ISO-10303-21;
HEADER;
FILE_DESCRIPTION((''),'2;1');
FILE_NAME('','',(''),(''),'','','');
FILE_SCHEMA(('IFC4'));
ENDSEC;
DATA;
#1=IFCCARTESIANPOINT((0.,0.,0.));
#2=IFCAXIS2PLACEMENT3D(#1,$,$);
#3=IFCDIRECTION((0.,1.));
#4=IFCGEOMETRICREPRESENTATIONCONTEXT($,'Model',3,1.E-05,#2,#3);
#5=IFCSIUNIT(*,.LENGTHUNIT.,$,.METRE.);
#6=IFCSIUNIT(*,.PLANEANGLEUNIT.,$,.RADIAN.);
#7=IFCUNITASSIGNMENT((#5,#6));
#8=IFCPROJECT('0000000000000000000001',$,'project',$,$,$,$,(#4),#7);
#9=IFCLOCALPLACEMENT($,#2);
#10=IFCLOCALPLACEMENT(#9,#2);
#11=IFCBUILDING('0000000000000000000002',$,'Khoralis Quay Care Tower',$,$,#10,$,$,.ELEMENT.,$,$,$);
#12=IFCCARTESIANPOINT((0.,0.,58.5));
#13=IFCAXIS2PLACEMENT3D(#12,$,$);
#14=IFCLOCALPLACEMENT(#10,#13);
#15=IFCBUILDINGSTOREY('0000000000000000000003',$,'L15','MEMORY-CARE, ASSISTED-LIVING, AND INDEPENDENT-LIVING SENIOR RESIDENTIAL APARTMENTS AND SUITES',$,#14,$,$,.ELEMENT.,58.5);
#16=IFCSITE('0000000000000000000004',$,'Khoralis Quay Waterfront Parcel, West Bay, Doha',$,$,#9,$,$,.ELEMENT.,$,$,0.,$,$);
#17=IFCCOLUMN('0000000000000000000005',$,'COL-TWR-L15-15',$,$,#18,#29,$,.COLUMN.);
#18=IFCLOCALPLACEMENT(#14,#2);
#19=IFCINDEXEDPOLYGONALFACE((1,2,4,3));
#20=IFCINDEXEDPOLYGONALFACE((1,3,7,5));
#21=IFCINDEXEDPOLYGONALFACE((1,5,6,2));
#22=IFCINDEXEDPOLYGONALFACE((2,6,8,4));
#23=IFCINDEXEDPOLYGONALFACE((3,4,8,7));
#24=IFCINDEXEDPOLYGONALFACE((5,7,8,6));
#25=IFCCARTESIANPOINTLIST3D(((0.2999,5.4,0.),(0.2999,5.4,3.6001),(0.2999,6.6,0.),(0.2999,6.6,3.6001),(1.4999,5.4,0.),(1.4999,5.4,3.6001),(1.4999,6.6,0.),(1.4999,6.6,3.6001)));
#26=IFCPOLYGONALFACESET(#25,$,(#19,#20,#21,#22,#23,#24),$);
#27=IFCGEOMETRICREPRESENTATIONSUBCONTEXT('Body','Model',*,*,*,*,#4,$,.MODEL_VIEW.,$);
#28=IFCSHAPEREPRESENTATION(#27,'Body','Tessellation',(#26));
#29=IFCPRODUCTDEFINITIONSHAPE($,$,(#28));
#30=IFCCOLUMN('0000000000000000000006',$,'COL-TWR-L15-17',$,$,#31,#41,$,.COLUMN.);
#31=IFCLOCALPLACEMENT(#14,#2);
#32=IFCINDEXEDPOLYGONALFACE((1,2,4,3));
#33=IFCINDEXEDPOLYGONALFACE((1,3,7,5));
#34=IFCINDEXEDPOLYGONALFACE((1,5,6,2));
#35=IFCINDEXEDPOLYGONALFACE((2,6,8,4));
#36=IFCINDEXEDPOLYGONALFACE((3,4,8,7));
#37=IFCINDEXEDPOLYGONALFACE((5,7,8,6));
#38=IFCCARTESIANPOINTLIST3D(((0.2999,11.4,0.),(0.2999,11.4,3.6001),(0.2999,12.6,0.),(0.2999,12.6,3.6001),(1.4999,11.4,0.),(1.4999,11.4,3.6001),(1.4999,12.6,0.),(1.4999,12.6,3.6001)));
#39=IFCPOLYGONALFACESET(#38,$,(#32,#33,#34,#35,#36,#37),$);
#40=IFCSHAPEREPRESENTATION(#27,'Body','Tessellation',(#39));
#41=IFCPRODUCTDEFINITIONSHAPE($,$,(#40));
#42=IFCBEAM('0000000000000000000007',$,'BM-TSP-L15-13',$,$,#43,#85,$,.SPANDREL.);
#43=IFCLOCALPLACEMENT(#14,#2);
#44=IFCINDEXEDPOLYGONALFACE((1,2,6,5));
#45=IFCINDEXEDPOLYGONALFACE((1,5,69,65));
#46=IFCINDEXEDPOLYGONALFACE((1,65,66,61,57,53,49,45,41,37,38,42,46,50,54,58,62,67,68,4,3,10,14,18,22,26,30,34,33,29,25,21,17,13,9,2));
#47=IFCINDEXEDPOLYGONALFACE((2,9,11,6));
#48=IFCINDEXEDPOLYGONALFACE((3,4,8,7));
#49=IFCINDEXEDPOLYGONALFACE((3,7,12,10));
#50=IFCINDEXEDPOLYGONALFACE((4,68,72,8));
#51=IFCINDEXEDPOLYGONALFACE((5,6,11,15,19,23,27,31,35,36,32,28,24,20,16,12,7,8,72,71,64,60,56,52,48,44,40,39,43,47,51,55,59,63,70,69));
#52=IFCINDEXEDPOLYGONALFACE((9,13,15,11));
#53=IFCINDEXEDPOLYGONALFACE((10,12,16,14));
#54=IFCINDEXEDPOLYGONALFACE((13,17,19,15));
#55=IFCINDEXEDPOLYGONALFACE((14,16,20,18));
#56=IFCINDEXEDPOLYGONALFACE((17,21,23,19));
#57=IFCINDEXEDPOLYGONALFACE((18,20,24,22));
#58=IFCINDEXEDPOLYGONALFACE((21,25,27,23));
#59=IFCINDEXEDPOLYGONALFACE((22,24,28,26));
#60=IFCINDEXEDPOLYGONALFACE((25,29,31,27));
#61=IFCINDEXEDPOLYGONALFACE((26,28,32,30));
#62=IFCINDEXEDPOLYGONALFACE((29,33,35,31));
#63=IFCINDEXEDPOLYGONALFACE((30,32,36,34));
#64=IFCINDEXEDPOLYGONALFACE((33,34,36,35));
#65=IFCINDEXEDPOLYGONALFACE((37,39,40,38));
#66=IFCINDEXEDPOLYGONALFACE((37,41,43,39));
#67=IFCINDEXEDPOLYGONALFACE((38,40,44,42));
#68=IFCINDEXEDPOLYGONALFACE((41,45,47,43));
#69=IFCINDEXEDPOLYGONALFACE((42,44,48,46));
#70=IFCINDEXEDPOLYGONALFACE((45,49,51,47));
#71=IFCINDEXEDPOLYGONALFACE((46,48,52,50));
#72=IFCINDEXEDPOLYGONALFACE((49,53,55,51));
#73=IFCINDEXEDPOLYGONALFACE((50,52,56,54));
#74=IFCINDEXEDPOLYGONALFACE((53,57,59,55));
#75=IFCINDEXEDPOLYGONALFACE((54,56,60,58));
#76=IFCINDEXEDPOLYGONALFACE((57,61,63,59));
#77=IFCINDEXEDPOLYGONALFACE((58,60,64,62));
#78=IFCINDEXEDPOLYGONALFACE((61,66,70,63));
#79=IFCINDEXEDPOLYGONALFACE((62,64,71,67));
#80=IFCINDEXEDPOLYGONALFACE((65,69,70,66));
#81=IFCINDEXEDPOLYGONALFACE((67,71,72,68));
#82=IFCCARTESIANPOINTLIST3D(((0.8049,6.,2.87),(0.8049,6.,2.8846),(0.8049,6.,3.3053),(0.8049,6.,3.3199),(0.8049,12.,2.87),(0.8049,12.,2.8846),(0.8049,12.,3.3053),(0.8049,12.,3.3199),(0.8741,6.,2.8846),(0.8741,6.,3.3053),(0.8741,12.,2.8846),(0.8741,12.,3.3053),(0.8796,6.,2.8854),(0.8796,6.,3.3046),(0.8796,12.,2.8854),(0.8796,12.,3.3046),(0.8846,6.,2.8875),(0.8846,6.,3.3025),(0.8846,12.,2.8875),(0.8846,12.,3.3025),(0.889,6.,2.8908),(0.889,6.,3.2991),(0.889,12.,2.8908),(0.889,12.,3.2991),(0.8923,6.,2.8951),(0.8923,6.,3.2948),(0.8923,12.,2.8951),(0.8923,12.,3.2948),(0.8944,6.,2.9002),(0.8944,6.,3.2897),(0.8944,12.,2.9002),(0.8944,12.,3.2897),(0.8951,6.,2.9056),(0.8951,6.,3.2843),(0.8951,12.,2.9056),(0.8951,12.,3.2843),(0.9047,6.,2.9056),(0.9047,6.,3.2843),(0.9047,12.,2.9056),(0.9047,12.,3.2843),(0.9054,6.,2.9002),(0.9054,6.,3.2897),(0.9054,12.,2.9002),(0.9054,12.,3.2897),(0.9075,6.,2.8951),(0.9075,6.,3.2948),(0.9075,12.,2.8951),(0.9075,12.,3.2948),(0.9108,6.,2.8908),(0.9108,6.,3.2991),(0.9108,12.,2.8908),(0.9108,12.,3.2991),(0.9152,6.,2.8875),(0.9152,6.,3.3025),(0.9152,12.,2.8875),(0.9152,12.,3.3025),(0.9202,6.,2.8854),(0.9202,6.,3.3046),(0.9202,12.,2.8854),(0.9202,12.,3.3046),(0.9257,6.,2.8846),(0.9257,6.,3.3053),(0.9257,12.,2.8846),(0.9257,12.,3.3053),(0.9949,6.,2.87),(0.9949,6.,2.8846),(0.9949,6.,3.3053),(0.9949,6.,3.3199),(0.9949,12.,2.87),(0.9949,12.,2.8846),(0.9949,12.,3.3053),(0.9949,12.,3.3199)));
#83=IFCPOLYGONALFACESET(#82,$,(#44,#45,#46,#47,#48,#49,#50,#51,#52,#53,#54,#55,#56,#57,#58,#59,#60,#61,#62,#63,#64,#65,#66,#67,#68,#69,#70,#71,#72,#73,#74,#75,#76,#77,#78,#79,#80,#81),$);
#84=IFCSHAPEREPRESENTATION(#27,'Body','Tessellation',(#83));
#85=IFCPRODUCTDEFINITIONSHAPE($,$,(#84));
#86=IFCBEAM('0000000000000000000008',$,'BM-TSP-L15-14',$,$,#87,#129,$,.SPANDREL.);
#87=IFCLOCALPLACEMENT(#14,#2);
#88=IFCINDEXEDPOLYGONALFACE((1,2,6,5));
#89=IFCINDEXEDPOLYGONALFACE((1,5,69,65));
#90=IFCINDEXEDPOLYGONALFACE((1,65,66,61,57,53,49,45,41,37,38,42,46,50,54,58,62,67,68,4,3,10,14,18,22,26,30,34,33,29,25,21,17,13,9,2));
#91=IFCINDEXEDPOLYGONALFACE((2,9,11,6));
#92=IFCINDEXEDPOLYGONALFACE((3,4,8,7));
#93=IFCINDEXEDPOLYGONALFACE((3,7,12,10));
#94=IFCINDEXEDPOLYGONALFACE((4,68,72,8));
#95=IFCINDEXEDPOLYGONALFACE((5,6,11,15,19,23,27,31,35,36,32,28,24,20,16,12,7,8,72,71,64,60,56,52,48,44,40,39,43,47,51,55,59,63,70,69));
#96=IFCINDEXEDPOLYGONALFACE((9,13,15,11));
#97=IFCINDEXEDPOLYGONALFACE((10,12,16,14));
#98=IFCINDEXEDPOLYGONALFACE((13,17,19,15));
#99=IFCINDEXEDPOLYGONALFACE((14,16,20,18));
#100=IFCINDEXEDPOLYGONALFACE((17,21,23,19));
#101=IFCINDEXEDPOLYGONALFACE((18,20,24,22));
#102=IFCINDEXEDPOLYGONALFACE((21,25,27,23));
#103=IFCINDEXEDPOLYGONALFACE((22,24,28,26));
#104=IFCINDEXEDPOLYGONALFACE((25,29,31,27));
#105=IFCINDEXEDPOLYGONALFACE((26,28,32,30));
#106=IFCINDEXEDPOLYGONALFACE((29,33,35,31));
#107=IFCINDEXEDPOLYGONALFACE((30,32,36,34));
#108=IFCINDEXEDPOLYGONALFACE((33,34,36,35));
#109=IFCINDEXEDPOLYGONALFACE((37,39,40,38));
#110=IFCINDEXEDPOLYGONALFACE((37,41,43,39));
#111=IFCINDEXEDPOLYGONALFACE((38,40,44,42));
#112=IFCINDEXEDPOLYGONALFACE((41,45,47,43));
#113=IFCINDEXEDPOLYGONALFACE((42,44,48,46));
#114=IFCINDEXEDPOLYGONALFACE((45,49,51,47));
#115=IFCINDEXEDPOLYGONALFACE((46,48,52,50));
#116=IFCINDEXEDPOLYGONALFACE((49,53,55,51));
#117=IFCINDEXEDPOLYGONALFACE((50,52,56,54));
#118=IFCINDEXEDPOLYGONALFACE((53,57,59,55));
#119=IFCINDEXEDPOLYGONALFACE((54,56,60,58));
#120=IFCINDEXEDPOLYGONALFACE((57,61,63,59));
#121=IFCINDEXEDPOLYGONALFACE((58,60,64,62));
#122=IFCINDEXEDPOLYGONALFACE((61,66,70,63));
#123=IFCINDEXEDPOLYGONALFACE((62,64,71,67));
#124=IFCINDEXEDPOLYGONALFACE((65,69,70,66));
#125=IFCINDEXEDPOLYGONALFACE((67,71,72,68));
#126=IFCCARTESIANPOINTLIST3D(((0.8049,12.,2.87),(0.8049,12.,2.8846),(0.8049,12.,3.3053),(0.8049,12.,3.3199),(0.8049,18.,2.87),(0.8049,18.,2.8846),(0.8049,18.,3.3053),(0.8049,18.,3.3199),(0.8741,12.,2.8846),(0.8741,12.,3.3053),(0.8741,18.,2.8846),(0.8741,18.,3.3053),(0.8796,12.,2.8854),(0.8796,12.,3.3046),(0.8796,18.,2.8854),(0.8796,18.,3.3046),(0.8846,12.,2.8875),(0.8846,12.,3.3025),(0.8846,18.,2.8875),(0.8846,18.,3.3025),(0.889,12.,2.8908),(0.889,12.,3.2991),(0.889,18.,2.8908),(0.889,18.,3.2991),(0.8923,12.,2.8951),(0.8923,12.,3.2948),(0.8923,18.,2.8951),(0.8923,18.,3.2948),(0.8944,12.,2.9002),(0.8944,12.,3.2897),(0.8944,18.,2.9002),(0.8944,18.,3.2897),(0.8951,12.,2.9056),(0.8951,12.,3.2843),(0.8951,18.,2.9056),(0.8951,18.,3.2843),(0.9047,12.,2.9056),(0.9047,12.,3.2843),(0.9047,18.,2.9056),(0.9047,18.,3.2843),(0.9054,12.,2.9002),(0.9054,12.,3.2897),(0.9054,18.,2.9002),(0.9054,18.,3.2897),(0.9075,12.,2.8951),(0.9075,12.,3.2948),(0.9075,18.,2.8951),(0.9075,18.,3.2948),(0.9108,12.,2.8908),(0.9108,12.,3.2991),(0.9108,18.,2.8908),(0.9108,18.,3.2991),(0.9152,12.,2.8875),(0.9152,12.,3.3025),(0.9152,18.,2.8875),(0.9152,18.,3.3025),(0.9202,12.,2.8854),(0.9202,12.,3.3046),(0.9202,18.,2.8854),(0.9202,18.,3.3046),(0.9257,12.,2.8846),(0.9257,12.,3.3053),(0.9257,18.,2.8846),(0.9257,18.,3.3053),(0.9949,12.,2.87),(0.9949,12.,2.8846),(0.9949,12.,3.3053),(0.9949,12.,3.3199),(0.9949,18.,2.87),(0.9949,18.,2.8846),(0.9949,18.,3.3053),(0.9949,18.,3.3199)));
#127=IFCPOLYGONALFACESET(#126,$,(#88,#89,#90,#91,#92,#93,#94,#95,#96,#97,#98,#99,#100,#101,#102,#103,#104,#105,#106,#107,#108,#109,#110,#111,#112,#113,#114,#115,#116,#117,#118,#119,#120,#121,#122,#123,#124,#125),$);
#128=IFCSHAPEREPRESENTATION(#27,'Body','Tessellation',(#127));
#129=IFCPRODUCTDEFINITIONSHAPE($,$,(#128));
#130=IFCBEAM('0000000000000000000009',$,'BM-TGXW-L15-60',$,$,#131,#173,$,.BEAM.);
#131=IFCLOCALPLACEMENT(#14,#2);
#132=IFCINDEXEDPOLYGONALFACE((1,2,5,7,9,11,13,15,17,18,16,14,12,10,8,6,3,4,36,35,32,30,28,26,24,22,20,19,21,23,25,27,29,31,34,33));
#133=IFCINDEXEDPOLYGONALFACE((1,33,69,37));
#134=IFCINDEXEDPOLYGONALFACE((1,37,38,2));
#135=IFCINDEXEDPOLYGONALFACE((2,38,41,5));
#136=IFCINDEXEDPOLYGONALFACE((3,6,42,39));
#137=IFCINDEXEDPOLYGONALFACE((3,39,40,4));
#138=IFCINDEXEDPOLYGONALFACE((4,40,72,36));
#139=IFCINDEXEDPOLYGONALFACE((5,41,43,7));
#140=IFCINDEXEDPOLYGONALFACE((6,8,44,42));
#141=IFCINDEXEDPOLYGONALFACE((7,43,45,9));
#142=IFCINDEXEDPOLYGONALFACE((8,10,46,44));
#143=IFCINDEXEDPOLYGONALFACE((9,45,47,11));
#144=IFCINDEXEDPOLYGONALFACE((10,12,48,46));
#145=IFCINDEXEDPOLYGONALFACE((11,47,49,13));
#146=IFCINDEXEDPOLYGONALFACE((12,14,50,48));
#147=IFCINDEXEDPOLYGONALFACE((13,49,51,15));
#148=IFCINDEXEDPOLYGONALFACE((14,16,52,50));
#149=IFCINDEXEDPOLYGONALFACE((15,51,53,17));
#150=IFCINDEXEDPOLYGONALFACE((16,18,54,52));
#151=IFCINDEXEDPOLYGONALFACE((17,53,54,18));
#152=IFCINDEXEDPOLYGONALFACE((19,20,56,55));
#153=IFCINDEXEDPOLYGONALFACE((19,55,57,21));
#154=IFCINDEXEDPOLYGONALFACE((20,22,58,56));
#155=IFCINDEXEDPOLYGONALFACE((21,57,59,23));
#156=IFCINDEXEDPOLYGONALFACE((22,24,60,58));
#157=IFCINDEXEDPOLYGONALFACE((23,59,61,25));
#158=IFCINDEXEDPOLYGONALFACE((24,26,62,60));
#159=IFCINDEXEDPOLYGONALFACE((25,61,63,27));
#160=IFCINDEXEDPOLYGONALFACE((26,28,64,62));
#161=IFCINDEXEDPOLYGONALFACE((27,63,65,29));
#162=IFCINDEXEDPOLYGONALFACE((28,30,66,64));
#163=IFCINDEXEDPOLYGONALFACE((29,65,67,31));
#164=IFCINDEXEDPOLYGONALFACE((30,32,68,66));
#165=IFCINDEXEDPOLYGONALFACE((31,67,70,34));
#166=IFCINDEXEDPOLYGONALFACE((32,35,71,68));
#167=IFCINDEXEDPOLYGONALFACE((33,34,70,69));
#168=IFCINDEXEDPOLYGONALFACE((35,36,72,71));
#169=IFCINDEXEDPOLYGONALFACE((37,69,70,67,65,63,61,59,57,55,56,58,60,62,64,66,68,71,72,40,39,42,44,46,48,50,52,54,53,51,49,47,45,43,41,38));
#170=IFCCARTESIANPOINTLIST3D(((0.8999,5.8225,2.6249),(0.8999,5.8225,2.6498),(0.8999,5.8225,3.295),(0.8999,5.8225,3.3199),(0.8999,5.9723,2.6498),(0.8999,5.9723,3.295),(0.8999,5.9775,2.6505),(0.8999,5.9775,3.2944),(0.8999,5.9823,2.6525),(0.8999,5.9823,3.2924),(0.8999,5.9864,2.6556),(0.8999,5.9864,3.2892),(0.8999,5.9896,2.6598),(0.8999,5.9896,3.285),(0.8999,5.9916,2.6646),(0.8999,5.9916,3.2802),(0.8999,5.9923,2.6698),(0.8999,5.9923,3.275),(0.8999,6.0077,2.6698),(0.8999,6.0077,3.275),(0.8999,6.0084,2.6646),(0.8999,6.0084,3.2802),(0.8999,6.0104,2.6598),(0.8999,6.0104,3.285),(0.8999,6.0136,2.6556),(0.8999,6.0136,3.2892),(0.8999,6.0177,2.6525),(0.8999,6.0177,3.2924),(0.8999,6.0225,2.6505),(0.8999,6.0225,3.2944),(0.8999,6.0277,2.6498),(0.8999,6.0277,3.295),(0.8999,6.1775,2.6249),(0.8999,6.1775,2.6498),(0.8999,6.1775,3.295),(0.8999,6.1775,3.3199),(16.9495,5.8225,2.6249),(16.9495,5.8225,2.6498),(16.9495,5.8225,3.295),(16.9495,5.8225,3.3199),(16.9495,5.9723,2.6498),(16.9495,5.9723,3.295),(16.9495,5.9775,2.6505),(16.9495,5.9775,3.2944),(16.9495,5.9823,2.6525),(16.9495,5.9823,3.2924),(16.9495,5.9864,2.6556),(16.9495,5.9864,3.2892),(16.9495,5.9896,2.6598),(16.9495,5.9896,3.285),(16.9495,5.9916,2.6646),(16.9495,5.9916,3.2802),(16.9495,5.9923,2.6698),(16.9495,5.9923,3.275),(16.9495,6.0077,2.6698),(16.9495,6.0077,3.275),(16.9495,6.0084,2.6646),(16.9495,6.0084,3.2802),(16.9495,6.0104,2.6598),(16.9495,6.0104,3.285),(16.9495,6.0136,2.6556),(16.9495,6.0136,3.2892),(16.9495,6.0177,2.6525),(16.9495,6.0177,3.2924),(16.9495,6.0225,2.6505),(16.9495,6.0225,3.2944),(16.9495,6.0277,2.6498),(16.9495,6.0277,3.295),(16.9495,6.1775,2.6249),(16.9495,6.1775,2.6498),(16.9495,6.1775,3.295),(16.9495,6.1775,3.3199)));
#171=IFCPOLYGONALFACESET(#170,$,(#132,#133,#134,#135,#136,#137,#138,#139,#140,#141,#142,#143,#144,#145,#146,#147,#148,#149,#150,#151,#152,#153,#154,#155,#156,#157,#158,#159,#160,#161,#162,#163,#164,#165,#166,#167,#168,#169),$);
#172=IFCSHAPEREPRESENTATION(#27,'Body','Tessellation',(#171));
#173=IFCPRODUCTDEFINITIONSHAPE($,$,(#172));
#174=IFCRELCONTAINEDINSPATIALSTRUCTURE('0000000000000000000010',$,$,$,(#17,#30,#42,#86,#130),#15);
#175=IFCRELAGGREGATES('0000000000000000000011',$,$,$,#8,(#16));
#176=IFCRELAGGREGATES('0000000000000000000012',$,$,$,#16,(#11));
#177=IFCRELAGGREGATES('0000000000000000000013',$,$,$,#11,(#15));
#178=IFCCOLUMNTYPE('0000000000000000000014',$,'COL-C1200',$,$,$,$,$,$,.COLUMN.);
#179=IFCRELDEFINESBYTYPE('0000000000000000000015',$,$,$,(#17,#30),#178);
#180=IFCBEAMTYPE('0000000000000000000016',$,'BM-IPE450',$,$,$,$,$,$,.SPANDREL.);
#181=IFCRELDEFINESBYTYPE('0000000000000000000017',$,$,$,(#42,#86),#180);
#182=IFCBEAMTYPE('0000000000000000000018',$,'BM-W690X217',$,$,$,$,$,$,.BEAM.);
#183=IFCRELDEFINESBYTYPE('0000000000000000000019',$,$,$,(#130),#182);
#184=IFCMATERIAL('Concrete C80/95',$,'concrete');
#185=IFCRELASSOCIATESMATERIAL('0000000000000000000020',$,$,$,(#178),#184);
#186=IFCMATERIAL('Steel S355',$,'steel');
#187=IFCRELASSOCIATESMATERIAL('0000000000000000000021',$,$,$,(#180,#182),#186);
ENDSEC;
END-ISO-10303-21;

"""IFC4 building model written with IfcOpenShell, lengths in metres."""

from ifc_helpers import new_model, si_unit, direction, frame, origin, origin_2d, place, context, subcontext, project, spatial, rectangle, i_section, extrude, source, transform, mapped, material, material_profile, profile_set, type_object, element, save


model = new_model("IFC4")

# Units and contexts
model_context = context("Model", 3, precision=1e-05, world=origin(), true_north=direction((0.0, 1.0)))
body_context = subcontext(model_context, "Body", "Model", "MODEL_VIEW")
ifc_project = project(units=[si_unit("LENGTHUNIT", "METRE"), si_unit("PLANEANGLEUNIT", "RADIAN")], contexts=[model_context])

# Site, building, storey
site_placement = place(None, origin())
site = spatial("IfcSite", under=ifc_project, at=site_placement, Name="Khoralis Quay Waterfront Parcel, West Bay, Doha", CompositionType="ELEMENT", RefElevation=0.0)
building_placement = place(site_placement, origin())
building = spatial("IfcBuilding", under=site, at=building_placement, Name="Khoralis Quay Care Tower", CompositionType="ELEMENT")
storey_placement = place(building_placement, frame((0.0, 0.0, 58.5)))
storey = spatial("IfcBuildingStorey", under=building, at=storey_placement, Name="L15", Description="MEMORY-CARE, ASSISTED-LIVING, AND INDEPENDENT-LIVING SENIOR RESIDENTIAL APARTMENTS AND SUITES", CompositionType="ELEMENT", Elevation=58.5)

# Columns
ifc_material_1 = material(Name="Concrete C80/95", Category="concrete")
ifc_material_profile_1 = material_profile(ifc_material_1, rectangle(XDim=1.2, YDim=1.2, at=origin_2d()), Name="Concrete C80/95")
ifc_profile_set_1 = profile_set([ifc_material_profile_1], Name="Concrete C80/95")
column_type = type_object("IfcColumnType", Name="COL-C1200", PredefinedType="COLUMN", material=ifc_profile_set_1)
shared_shape_1 = source(origin(), body_context, "Body", "SweptSolid", [
    extrude(rectangle(XDim=1.2, YDim=1.2, at=origin_2d()), origin(), (0.0, 0.0, 1.0), 3.6001),
])
for number, where, z_axis, x_axis, name in (
    (1, (0.8999, 6.0, 0.0), (0.0, 0.0, 1.0), (1.0, 0.0, 0.0), "COL-TWR-L15-15"),
    (2, (0.8999, 12.0, 0.0), (0.0, 0.0, 1.0), (1.0, 0.0, 0.0), "COL-TWR-L15-17"),
):
    element("IfcColumn", number, at=place(storey_placement, frame(where, z_axis=z_axis, x_axis=x_axis)), inside=storey, type_object=column_type, Name=name, PredefinedType="COLUMN", context=body_context, shape_type="MappedRepresentation", body=[
        mapped(shared_shape_1, transform((0.0, 0.0, 0.0), scale=1.0)),
    ])

# Beams
ifc_material_2 = material(Name="Steel S355", Category="steel")
ifc_material_profile_2 = material_profile(ifc_material_2, i_section(OverallWidth=0.1899, OverallDepth=0.45, WebThickness=0.0095, FlangeThickness=0.0146, FilletRadius=0.021, at=origin_2d()), Name="Steel S355")
ifc_profile_set_2 = profile_set([ifc_material_profile_2], Name="Steel S355")
beam_type_1 = type_object("IfcBeamType", Name="BM-IPE450", PredefinedType="SPANDREL", material=ifc_profile_set_2)
shared_shape_2 = source(origin(), body_context, "Body", "SweptSolid", [
    extrude(i_section(OverallWidth=0.1899, OverallDepth=0.45, WebThickness=0.0095, FlangeThickness=0.0146, FilletRadius=0.021, at=origin_2d()), origin(), (0.0, 0.0, 1.0), 6.0),
])
for number, where, z_axis, x_axis, name in (
    (3, (0.8999, 6.0, 3.095), (0.0, 1.0, 0.0), (-1.0, 0.0, 0.0), "BM-TSP-L15-13"),
    (4, (0.8999, 12.0, 3.095), (0.0, 1.0, 0.0), (-1.0, 0.0, 0.0), "BM-TSP-L15-14"),
):
    element("IfcBeam", number, at=place(storey_placement, frame(where, z_axis=z_axis, x_axis=x_axis)), inside=storey, type_object=beam_type_1, Name=name, PredefinedType="SPANDREL", context=body_context, shape_type="MappedRepresentation", body=[
        mapped(shared_shape_2, transform((0.0, 0.0, 0.0), scale=1.0)),
    ])
ifc_material_profile_3 = material_profile(ifc_material_2, i_section(OverallWidth=0.355, OverallDepth=0.6951, WebThickness=0.0154, FlangeThickness=0.0249, FilletRadius=0.02, at=origin_2d()), Name="Steel S355")
ifc_profile_set_3 = profile_set([ifc_material_profile_3], Name="Steel S355")
beam_type_2 = type_object("IfcBeamType", Name="BM-W690X217", PredefinedType="BEAM", material=ifc_profile_set_3)
shared_shape_3 = source(origin(), body_context, "Body", "SweptSolid", [
    extrude(i_section(OverallWidth=0.355, OverallDepth=0.6951, WebThickness=0.0154, FlangeThickness=0.0249, FilletRadius=0.02, at=origin_2d()), origin(), (0.0, 0.0, 1.0), 16.0496),
])
beam_1_placement = place(storey_placement, frame((0.8999, 6.0, 2.9724), z_axis=(1.0, 0.0, 0.0), x_axis=(0.0, 1.0, 0.0)))
element("IfcBeam", 5, at=beam_1_placement, inside=storey, type_object=beam_type_2, Name="BM-TGXW-L15-60", PredefinedType="BEAM", context=body_context, shape_type="MappedRepresentation", body=[
    mapped(shared_shape_3, transform((0.0, 0.0, 0.0), scale=1.0)),
])

save(model, "model.ifc")
